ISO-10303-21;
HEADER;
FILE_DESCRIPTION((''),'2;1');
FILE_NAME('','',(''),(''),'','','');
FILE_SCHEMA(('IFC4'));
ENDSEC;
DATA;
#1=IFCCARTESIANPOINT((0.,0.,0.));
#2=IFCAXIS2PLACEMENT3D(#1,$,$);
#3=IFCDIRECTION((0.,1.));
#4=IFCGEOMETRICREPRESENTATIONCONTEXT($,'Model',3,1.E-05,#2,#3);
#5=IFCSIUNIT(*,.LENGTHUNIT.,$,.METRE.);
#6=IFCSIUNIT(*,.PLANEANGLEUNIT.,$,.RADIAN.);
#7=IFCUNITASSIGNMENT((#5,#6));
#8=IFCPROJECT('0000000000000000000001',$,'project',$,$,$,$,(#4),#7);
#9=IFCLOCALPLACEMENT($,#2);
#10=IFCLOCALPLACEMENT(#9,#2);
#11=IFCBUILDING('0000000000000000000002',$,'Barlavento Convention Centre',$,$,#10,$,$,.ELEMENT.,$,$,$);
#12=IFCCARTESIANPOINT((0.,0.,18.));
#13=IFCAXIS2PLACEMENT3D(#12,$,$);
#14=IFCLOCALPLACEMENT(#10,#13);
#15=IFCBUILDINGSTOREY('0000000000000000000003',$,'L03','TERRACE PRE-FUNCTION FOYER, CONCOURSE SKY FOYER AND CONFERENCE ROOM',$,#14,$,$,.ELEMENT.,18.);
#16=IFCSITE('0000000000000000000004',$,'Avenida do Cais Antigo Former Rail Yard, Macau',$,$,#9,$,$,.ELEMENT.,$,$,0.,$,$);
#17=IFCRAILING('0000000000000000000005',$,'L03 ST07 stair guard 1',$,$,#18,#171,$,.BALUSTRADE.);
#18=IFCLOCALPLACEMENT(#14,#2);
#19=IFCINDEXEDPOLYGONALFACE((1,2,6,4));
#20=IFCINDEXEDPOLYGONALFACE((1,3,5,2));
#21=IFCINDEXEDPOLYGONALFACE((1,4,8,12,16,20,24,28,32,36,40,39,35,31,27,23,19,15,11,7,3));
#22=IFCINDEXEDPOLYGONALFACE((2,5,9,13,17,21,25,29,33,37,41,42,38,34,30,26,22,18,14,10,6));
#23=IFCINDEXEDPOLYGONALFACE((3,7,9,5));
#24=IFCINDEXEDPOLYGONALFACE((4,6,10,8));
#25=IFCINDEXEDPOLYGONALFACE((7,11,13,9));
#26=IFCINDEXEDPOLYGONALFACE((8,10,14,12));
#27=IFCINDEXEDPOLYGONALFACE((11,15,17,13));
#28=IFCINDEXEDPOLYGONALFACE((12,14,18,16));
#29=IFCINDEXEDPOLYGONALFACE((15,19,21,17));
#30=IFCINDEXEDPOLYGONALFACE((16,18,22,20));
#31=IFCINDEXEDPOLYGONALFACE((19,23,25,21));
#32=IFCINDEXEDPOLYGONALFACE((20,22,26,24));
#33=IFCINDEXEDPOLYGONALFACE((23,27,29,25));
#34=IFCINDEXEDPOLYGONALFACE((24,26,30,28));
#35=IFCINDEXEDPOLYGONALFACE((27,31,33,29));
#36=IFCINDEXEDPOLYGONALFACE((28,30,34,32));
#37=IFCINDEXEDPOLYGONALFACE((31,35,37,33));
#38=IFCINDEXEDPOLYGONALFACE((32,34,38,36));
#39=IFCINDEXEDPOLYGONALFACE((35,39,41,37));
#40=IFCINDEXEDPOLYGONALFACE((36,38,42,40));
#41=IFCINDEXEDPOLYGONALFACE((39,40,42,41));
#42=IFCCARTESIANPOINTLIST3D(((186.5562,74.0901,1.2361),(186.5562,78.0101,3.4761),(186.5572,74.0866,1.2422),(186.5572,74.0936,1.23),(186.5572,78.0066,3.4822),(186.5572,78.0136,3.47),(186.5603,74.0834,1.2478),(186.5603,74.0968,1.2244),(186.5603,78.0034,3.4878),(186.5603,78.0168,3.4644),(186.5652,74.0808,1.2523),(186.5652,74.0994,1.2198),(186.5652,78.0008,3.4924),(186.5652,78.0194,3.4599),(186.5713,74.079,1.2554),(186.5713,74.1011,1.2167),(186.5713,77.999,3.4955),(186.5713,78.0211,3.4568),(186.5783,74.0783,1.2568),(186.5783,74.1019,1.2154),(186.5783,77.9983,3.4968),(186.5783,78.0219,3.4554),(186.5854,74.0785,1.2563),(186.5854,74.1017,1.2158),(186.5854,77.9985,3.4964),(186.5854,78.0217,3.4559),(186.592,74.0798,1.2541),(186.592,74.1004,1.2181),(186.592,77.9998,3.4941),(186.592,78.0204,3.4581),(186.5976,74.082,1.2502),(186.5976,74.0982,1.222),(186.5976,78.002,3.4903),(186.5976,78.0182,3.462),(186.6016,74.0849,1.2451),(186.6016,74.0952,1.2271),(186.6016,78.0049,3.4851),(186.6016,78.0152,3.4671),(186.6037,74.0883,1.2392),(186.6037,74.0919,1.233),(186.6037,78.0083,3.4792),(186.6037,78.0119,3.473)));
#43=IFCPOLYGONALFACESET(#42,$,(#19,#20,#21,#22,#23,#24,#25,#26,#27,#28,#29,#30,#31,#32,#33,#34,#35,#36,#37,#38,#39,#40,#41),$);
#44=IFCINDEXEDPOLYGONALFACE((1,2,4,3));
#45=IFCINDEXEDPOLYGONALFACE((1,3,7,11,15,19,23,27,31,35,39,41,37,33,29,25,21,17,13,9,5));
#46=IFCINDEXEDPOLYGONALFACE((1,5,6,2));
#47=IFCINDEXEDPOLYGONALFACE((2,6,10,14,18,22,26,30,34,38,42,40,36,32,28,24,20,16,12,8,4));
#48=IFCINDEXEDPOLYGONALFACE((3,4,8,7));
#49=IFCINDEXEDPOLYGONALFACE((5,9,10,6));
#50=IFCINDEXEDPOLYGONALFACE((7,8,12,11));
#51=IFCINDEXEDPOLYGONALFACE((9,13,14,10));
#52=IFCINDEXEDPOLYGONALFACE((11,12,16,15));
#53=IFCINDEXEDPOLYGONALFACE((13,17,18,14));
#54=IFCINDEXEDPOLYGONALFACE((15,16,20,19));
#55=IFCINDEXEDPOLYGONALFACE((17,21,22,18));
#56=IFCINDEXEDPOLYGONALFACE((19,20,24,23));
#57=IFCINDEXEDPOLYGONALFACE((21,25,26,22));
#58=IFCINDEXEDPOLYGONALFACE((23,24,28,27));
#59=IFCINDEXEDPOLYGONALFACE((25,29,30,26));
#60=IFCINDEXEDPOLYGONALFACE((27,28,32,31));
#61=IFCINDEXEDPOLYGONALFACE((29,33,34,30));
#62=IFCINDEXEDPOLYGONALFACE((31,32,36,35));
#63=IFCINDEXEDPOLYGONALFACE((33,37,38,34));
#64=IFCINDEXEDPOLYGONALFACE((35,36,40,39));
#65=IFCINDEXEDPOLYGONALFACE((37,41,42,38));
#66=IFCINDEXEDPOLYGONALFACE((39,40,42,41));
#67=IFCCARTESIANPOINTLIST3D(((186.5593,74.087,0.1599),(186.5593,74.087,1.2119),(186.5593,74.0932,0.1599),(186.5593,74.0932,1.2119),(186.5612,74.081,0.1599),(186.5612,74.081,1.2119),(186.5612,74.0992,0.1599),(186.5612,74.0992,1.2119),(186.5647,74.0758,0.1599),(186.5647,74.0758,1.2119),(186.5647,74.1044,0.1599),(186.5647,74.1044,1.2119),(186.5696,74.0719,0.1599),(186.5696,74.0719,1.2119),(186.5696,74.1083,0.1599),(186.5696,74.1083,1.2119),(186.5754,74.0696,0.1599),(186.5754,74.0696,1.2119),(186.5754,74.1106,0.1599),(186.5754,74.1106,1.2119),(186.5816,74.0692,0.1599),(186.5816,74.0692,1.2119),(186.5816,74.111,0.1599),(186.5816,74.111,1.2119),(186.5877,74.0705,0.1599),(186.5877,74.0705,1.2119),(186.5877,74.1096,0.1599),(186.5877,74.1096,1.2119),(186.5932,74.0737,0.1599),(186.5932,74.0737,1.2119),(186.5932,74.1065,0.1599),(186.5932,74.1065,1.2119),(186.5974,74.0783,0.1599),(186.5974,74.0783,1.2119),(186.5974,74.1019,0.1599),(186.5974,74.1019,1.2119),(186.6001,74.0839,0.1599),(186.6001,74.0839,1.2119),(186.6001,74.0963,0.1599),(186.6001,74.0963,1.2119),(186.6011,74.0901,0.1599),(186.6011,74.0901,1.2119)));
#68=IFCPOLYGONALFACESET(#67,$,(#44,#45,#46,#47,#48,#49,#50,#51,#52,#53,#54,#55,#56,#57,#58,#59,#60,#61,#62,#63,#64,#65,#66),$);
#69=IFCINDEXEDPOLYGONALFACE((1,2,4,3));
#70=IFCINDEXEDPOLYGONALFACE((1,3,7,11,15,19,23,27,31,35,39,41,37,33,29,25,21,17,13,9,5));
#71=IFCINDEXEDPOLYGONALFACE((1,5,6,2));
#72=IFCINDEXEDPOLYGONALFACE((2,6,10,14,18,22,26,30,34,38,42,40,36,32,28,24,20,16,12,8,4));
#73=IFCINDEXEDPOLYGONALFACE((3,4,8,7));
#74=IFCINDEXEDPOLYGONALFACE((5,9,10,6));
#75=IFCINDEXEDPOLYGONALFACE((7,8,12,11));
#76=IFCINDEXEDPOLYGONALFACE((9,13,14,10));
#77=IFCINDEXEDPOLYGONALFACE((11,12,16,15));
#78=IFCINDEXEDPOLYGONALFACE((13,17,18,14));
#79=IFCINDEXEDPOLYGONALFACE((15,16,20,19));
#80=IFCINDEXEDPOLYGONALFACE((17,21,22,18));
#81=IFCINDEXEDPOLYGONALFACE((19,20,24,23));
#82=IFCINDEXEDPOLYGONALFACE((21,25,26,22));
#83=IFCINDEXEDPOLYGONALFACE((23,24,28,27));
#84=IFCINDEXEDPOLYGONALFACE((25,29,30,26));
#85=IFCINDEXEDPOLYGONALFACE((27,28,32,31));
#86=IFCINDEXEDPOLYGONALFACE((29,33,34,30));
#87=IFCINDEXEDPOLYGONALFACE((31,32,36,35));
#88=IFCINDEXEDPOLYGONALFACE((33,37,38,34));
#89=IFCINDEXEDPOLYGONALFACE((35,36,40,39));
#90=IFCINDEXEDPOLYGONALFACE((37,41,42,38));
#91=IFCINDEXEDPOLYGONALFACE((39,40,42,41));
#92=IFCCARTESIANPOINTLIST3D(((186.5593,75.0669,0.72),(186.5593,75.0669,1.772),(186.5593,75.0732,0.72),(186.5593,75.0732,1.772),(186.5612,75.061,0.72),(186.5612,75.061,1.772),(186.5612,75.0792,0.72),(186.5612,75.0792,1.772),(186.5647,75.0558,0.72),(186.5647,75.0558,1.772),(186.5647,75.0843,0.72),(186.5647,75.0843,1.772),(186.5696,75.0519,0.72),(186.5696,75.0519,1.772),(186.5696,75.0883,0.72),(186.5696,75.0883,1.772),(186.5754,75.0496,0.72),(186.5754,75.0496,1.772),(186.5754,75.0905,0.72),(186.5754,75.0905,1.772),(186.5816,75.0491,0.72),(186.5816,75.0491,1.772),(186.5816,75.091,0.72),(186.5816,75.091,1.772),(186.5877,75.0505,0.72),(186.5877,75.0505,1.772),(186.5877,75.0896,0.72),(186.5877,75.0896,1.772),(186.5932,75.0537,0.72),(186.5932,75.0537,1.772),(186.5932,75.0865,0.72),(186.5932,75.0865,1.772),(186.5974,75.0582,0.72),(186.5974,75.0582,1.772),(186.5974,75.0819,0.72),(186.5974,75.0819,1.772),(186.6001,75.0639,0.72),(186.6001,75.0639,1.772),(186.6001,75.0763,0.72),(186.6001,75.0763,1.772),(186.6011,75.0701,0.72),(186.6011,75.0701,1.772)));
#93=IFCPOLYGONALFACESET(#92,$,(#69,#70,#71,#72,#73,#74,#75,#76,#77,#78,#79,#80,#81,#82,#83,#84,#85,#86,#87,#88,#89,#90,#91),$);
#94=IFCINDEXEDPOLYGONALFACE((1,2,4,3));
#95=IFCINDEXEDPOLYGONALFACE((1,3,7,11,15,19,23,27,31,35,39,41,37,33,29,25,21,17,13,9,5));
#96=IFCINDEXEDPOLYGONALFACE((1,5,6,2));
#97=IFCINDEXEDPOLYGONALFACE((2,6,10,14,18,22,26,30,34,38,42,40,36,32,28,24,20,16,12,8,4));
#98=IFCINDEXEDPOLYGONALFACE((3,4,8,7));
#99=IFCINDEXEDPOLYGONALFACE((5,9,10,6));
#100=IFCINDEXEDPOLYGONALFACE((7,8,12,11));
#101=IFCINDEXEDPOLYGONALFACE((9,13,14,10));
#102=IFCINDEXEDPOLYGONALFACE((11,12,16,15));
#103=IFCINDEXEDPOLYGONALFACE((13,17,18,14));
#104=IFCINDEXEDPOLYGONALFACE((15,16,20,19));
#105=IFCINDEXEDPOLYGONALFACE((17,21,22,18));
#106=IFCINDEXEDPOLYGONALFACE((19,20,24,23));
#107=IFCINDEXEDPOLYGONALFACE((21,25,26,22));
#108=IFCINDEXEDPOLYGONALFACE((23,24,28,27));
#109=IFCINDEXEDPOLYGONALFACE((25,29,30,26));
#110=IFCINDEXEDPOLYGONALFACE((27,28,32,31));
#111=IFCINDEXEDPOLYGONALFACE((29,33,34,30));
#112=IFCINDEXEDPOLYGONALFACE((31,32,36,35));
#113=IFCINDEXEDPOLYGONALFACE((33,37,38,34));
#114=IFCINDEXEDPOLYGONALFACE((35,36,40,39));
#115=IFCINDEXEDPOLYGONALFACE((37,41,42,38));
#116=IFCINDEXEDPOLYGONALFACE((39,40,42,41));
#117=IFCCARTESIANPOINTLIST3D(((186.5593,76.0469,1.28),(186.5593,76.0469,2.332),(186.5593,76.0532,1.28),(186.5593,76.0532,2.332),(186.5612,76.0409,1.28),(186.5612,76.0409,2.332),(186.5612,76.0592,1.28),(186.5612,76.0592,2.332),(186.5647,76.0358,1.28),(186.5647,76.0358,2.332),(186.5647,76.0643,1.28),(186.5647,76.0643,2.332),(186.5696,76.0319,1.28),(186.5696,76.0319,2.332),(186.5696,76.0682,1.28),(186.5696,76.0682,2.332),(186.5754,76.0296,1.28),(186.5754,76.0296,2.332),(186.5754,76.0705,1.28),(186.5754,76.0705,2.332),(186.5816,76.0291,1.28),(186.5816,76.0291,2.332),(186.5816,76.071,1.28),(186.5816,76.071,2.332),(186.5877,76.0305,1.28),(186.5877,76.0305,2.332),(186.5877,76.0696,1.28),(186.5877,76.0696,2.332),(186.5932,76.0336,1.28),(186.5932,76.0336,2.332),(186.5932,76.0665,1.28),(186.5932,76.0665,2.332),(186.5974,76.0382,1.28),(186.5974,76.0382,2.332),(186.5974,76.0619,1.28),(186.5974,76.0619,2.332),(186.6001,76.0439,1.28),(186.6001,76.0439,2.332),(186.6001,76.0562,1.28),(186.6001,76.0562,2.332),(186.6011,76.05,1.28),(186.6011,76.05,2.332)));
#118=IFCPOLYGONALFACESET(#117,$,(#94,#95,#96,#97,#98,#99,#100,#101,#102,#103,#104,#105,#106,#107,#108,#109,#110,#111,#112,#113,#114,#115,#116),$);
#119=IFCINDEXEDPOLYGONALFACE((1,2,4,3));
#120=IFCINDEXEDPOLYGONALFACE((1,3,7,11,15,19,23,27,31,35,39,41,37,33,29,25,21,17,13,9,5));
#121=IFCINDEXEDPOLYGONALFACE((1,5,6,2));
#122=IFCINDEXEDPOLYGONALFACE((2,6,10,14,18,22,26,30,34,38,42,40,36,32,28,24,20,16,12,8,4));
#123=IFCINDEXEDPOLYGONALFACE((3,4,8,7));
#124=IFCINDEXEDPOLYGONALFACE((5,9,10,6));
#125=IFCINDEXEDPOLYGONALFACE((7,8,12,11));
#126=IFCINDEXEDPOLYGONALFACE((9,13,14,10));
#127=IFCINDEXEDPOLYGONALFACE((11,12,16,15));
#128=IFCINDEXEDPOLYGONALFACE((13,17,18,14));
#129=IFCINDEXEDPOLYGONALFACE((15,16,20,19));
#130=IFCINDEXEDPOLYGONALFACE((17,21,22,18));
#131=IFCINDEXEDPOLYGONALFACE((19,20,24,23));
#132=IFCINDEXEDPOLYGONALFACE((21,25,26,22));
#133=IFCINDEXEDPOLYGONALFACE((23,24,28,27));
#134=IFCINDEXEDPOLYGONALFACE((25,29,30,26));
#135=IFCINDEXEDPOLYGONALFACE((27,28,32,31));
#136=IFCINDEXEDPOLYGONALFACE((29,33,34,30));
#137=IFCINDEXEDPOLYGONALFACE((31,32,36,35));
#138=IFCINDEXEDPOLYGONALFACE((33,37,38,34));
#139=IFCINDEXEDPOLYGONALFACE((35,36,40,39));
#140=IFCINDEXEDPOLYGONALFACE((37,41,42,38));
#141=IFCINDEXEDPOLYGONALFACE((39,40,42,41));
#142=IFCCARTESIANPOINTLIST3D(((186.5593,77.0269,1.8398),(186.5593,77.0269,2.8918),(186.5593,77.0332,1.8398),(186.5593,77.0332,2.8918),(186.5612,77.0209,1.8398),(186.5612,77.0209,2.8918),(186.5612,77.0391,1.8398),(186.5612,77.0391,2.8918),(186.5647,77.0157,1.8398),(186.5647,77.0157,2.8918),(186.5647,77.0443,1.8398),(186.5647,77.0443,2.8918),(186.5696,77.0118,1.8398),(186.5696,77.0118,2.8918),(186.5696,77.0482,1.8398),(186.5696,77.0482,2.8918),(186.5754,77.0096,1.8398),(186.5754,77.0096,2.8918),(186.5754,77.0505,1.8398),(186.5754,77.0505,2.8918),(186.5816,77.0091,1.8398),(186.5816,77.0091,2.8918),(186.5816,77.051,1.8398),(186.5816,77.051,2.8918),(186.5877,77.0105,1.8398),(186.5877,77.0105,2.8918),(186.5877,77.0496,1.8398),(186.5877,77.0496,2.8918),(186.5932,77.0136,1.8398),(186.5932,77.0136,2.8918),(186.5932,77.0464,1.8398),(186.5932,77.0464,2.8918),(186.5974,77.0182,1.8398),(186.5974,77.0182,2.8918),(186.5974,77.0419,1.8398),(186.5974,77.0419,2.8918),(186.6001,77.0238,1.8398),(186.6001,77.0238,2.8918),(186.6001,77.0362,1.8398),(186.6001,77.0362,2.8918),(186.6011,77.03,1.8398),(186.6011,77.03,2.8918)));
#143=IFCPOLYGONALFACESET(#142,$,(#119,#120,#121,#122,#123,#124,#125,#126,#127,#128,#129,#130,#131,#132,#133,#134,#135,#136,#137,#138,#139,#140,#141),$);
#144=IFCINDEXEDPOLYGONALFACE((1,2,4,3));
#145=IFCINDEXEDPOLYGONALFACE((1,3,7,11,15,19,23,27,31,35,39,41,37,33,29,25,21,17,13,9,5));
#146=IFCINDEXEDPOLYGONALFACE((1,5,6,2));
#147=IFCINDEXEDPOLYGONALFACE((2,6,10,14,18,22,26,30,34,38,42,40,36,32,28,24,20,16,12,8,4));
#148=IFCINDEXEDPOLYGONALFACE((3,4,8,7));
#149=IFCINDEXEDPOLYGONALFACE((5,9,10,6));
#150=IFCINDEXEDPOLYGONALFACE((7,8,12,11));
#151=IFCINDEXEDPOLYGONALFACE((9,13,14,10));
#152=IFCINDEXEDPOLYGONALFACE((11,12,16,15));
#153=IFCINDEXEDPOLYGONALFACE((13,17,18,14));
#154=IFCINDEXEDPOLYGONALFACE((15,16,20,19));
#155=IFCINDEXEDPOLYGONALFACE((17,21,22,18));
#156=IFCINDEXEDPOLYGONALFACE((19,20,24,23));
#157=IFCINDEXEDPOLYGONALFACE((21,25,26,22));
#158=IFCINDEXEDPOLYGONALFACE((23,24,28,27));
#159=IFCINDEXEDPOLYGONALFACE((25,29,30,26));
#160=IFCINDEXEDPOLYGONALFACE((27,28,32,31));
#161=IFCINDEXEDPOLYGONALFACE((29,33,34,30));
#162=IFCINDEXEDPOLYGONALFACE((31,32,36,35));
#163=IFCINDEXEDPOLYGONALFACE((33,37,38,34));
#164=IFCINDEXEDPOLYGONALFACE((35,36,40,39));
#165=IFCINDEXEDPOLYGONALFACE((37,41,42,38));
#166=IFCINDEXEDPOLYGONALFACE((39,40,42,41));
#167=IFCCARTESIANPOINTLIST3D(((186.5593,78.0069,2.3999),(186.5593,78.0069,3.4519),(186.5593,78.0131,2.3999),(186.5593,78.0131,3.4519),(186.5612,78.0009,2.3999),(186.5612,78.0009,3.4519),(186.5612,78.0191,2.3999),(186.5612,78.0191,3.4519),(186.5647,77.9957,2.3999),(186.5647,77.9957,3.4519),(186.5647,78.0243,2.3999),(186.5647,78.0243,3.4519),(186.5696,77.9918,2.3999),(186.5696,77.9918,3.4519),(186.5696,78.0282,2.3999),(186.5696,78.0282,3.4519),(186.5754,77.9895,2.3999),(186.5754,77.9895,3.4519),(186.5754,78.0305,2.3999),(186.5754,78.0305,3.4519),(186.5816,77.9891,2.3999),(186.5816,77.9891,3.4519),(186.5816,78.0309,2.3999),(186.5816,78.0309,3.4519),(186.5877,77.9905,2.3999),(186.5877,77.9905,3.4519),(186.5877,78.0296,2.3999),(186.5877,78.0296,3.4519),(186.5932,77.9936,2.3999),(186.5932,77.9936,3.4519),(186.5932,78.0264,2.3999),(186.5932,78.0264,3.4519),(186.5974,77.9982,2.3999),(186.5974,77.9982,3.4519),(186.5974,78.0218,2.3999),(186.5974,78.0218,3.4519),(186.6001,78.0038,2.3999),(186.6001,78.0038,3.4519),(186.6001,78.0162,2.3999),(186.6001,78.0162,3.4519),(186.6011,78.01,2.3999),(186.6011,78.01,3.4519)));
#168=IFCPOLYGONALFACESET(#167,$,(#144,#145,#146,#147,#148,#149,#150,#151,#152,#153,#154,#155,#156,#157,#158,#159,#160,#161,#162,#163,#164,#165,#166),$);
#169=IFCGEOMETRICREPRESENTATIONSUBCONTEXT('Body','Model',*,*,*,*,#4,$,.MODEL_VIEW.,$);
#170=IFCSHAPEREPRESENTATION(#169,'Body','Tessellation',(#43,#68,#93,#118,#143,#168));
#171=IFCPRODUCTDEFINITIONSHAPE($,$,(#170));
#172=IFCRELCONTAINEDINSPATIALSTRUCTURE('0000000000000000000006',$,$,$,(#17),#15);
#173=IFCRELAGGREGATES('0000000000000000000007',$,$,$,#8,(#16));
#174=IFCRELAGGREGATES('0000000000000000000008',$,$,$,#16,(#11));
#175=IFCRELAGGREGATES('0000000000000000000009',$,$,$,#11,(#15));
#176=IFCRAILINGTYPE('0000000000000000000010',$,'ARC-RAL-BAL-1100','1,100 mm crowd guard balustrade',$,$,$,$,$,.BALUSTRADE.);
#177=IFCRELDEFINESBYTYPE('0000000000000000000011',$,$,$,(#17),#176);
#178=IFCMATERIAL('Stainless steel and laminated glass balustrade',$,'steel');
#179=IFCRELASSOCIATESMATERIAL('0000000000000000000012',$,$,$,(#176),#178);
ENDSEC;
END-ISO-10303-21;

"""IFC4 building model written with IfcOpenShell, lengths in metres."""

from ifc_helpers import new_model, si_unit, direction, frame, origin, origin_2d, place, context, subcontext, project, spatial, circle, extrude, material, type_object, element, save


model = new_model("IFC4")

# Units and contexts
model_context = context("Model", 3, precision=1e-05, world=origin(), true_north=direction((0.0, 1.0)))
body_context = subcontext(model_context, "Body", "Model", "MODEL_VIEW")
ifc_project = project(units=[si_unit("LENGTHUNIT", "METRE"), si_unit("PLANEANGLEUNIT", "RADIAN")], contexts=[model_context])

# Site, building, storey
site_placement = place(None, origin())
site = spatial("IfcSite", under=ifc_project, at=site_placement, Name="Avenida do Cais Antigo Former Rail Yard, Macau", CompositionType="ELEMENT", RefElevation=0.0)
building_placement = place(site_placement, origin())
building = spatial("IfcBuilding", under=site, at=building_placement, Name="Barlavento Convention Centre", CompositionType="ELEMENT")
storey_placement = place(building_placement, frame((0.0, 0.0, 18.0)))
storey = spatial("IfcBuildingStorey", under=building, at=storey_placement, Name="L03", Description="TERRACE PRE-FUNCTION FOYER, CONCOURSE SKY FOYER AND CONFERENCE ROOM", CompositionType="ELEMENT", Elevation=18.0)

# Railing
ifc_material_1 = material(Name="Stainless steel and laminated glass balustrade", Category="steel")
railing_type_1 = type_object("IfcRailingType", Name="ARC-RAL-BAL-1100", Description="1,100 mm crowd guard balustrade", PredefinedType="BALUSTRADE", material=ifc_material_1)
railing_1_placement = place(storey_placement, frame((186.5801, 74.0901, 0.1599)))
element("IfcRailing", 1, at=railing_1_placement, inside=storey, type_object=railing_type_1, Name="L03 ST07 stair guard 1", PredefinedType="BALUSTRADE", context=body_context, shape_type="SweptSolid", body=[
    extrude(circle(Radius=0.0239, at=origin_2d()), frame((0.0, 0.0, 1.0762), z_axis=(0.0, 0.86824, 0.496145), x_axis=(-1.0, 0.0, 0.0)), (0.0, 0.0, 1.0), 4.5149),
    extrude(circle(Radius=0.021, at=origin_2d()), origin(), (0.0, 0.0, 1.0), 1.052),
    extrude(circle(Radius=0.021, at=origin_2d()), frame((0.0, 0.98, 0.5601)), (0.0, 0.0, 1.0), 1.052),
    extrude(circle(Radius=0.021, at=origin_2d()), frame((0.0, 1.96, 1.1201)), (0.0, 0.0, 1.0), 1.052),
    extrude(circle(Radius=0.021, at=origin_2d()), frame((0.0, 2.9399, 1.6799)), (0.0, 0.0, 1.0), 1.052),
    extrude(circle(Radius=0.021, at=origin_2d()), frame((0.0, 3.9199, 2.24)), (0.0, 0.0, 1.0), 1.052),
])

save(model, "model.ifc")
